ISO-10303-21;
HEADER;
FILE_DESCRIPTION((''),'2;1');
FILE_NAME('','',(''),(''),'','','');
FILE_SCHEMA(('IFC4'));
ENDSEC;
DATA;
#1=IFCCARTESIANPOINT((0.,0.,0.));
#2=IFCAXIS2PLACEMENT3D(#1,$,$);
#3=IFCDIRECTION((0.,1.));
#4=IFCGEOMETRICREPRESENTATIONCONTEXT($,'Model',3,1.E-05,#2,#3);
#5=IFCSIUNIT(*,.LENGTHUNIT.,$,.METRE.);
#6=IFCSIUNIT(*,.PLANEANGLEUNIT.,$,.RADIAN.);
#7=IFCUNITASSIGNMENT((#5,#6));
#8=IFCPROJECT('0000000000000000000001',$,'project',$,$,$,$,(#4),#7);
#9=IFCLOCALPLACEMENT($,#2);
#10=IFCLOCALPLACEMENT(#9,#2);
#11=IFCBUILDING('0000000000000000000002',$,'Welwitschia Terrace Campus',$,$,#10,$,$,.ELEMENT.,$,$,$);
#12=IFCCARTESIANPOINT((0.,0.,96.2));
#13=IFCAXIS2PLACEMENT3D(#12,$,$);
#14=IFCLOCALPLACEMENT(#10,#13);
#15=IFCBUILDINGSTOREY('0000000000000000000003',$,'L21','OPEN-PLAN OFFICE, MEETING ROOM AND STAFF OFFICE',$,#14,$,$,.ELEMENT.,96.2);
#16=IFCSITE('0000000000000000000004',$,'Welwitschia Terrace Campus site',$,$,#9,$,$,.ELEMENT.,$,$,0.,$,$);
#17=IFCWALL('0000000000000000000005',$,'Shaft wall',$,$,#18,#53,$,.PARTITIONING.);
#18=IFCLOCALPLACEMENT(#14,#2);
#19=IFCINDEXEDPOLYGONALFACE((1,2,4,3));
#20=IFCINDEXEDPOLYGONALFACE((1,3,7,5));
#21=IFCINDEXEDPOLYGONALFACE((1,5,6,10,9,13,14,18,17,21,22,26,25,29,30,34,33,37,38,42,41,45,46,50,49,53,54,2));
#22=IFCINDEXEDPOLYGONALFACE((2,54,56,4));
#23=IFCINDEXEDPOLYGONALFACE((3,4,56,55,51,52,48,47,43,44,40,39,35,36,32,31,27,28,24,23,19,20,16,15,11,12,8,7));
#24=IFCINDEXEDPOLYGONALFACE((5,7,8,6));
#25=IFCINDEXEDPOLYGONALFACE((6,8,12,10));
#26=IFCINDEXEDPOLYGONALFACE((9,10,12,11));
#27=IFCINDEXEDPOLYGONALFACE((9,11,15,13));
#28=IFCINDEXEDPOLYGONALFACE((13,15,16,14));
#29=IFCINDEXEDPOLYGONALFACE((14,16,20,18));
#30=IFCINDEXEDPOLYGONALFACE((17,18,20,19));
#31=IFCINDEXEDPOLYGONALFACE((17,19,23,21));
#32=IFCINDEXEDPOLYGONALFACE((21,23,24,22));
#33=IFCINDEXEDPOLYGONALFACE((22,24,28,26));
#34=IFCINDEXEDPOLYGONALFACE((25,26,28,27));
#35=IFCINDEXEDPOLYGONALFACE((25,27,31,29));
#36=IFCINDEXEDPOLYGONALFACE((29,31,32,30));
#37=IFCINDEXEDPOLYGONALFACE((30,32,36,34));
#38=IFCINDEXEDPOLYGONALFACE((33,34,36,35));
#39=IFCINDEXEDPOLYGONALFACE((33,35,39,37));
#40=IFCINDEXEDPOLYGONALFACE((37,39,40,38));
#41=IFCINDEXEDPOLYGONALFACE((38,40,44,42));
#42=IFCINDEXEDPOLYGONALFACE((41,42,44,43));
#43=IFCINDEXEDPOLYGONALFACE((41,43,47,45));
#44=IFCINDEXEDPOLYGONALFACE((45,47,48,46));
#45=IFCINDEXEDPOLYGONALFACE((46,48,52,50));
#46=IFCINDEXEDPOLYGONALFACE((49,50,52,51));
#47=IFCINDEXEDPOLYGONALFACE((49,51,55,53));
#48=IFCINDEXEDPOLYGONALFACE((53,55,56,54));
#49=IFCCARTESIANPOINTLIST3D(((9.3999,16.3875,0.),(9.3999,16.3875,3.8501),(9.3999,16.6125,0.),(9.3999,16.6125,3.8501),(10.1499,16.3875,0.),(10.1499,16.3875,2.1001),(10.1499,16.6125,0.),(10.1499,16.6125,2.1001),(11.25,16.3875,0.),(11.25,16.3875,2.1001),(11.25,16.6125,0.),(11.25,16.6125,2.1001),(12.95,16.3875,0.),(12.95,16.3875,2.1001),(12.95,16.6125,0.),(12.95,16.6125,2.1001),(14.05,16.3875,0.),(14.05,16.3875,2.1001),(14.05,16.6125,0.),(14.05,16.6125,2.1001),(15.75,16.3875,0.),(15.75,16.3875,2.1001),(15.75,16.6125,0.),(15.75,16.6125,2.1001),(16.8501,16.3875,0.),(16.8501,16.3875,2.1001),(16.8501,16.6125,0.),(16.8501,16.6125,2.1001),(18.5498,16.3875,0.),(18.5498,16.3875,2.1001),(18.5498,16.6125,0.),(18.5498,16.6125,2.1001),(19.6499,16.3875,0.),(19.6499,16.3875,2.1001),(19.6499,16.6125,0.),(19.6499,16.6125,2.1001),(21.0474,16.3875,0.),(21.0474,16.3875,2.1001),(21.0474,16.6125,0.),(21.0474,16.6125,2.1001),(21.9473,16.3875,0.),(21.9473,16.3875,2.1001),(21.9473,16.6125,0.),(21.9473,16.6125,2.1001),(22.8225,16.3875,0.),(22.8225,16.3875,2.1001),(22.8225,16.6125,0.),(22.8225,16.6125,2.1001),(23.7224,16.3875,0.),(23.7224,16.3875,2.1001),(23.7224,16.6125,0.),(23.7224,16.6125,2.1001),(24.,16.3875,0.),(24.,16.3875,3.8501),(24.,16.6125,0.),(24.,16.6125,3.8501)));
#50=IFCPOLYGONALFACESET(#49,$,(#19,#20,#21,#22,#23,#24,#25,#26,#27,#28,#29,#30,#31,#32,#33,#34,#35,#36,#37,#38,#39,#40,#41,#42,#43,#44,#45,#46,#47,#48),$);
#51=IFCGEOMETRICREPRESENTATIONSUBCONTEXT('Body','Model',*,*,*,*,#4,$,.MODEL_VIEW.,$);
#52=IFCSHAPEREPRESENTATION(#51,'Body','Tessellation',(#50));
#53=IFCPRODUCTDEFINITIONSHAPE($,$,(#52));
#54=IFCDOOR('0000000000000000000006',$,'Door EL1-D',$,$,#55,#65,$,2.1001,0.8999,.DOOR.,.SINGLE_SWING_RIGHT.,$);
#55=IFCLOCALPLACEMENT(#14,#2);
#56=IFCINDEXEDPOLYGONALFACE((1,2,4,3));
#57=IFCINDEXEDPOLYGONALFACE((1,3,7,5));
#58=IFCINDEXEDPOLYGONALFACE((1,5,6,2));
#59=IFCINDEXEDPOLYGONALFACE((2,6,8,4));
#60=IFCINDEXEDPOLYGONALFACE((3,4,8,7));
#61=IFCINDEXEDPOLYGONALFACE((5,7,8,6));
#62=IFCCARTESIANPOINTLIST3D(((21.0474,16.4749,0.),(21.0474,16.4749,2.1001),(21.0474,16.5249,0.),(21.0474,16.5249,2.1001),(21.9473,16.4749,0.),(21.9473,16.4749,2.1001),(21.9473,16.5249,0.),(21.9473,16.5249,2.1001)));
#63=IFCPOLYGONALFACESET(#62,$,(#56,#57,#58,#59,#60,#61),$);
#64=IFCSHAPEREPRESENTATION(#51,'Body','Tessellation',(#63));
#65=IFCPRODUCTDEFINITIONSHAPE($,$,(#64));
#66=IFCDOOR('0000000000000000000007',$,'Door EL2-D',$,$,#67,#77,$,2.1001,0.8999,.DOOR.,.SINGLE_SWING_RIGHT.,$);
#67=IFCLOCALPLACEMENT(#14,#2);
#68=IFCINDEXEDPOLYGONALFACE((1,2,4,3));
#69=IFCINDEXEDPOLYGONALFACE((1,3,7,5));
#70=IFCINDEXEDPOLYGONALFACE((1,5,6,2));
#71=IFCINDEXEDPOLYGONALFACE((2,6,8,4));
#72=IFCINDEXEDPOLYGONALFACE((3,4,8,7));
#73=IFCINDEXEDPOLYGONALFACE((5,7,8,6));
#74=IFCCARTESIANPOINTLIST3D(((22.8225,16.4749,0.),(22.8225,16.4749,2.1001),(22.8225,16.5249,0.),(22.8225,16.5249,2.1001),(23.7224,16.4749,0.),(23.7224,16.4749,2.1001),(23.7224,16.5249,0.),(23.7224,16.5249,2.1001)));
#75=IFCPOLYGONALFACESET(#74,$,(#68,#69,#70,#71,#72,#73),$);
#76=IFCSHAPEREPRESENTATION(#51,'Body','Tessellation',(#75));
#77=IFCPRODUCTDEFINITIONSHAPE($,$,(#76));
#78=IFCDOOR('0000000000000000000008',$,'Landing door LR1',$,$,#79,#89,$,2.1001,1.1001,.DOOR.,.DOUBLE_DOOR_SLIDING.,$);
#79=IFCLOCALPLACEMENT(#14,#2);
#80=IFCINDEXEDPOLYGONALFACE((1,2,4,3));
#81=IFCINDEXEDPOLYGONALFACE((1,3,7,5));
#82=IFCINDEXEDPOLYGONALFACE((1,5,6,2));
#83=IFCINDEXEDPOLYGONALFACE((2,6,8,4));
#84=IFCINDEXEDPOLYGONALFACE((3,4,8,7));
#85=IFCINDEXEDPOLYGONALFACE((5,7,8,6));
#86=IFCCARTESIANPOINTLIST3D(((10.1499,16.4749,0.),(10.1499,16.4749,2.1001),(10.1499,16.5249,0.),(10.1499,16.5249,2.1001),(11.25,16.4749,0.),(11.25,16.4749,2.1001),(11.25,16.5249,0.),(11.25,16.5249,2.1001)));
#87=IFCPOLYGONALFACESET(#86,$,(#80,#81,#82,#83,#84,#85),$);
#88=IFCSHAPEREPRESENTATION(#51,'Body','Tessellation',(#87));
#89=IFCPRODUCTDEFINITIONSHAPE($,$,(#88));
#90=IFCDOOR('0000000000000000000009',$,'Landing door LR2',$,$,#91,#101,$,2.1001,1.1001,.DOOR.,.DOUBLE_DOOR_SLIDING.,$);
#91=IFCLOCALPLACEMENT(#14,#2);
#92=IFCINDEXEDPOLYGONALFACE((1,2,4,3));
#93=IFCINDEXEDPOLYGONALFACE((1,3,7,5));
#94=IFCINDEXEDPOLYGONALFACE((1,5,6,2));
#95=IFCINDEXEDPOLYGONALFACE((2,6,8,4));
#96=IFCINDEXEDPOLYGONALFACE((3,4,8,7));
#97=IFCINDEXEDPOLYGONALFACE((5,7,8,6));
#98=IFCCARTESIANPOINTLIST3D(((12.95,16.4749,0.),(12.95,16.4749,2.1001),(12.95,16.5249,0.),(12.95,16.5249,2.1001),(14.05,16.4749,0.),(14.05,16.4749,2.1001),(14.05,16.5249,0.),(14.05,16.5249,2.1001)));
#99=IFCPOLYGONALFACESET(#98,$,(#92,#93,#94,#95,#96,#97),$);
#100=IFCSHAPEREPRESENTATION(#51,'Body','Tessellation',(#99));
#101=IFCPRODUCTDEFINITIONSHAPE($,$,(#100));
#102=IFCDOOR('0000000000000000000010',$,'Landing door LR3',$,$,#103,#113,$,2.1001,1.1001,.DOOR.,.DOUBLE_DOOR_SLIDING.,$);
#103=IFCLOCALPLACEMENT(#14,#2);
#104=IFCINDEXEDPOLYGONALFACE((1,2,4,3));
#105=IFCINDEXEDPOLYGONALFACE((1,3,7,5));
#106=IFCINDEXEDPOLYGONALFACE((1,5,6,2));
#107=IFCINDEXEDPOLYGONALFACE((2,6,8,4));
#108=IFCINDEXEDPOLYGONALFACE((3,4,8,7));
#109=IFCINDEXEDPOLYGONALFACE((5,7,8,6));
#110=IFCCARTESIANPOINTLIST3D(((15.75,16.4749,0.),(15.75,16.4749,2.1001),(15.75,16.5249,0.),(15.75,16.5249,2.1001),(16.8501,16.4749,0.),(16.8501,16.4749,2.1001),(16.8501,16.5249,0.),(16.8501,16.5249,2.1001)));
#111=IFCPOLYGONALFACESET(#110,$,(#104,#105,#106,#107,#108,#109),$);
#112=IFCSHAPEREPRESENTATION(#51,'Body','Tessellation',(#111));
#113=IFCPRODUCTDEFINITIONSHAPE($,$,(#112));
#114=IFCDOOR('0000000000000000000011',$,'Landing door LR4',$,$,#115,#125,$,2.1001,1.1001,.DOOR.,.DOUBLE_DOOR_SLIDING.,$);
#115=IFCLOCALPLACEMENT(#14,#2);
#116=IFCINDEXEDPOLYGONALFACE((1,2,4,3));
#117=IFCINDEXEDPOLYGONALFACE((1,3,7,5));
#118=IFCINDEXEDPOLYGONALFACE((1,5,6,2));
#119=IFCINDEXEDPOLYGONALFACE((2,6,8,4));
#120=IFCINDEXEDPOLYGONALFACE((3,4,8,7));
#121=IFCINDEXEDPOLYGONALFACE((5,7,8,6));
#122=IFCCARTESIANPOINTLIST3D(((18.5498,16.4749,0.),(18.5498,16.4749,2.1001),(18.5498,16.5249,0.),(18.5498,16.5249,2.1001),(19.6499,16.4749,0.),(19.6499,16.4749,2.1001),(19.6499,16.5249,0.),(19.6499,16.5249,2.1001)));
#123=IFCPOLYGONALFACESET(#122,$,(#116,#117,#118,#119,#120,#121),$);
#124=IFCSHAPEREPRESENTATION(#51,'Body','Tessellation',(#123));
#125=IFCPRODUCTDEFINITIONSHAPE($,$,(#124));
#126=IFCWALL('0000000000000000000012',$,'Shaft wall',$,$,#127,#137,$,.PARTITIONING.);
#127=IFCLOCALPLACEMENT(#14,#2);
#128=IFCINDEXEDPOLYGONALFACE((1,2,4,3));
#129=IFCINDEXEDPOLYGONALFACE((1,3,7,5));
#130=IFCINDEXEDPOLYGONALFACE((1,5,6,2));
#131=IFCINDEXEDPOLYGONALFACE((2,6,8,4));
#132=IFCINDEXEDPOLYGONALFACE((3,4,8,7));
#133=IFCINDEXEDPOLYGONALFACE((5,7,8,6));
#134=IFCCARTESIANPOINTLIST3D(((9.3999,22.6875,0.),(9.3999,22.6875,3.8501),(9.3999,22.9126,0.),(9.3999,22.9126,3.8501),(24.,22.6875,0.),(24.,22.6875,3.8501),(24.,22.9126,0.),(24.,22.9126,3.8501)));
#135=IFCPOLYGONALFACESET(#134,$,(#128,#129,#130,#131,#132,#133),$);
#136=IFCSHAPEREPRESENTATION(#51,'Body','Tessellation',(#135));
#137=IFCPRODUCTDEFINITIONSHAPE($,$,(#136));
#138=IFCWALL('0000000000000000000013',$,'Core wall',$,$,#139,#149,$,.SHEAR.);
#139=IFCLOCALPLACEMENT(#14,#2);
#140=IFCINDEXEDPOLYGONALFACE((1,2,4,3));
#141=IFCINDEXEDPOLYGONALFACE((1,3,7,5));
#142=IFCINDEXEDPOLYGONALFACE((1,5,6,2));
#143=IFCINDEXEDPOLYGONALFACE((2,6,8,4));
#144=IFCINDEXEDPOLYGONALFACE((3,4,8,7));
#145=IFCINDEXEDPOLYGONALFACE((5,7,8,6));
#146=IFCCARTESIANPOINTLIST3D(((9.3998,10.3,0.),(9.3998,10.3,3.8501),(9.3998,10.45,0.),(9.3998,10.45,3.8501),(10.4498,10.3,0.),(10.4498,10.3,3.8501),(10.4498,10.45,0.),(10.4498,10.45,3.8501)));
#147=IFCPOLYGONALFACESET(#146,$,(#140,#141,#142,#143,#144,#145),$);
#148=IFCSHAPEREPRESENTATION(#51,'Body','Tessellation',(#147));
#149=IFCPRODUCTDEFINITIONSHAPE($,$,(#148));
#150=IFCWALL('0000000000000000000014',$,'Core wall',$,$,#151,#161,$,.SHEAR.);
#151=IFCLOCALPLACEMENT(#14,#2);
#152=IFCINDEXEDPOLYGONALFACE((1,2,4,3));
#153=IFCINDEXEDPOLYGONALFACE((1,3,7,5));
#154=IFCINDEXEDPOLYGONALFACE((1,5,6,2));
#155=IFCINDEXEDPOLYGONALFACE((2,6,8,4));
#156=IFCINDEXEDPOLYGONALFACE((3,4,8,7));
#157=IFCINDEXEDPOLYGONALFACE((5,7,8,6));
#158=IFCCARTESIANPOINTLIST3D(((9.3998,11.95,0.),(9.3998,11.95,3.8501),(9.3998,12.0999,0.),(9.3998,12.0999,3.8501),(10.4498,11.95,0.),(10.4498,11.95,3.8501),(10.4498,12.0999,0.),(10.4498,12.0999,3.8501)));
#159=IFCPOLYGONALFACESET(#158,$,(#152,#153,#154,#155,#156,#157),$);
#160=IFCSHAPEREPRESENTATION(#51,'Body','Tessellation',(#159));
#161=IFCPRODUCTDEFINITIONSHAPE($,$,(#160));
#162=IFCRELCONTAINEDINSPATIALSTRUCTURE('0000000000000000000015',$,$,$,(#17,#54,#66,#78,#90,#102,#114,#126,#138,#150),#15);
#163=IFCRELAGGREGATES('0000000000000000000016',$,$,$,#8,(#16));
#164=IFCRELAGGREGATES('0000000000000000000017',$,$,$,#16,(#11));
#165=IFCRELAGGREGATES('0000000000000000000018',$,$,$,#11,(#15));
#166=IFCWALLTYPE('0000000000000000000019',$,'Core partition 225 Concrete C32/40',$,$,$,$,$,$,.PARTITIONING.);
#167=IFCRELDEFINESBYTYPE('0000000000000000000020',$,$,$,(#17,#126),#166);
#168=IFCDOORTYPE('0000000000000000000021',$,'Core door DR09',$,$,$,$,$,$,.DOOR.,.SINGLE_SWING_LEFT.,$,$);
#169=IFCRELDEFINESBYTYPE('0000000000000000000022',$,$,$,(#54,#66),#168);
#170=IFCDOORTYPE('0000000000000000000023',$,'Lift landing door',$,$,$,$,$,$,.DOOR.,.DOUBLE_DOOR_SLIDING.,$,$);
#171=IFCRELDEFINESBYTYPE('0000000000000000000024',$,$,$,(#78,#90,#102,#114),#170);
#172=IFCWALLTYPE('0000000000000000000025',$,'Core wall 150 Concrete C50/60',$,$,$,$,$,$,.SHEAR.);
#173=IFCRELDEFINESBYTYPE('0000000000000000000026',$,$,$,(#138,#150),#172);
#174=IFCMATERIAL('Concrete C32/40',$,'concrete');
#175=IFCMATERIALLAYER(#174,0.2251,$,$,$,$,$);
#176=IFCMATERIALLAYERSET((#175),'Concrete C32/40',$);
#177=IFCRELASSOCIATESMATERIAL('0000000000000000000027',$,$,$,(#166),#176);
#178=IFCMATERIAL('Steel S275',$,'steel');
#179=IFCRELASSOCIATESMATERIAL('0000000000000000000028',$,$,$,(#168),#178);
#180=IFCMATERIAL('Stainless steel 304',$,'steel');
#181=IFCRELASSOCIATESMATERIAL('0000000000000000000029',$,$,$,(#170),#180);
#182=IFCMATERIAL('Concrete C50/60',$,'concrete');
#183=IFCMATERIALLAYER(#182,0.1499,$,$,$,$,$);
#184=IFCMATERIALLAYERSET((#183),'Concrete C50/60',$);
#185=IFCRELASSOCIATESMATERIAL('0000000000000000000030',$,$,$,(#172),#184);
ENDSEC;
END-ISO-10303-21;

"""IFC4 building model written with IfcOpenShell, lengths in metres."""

from ifc_helpers import new_model, si_unit, direction, frame, frame_2d, origin, place, context, subcontext, project, spatial, rectangle, extrude, material, layer, layer_set, type_object, element, fill, save


model = new_model("IFC4")

# Units and contexts
model_context = context("Model", 3, precision=1e-05, world=origin(), true_north=direction((0.0, 1.0)))
body_context = subcontext(model_context, "Body", "Model", "MODEL_VIEW")
ifc_project = project(units=[si_unit("LENGTHUNIT", "METRE"), si_unit("PLANEANGLEUNIT", "RADIAN")], contexts=[model_context])

# Site, building, storey
site_placement = place(None, origin())
site = spatial("IfcSite", under=ifc_project, at=site_placement, Name="Welwitschia Terrace Campus site", CompositionType="ELEMENT", RefElevation=0.0)
building_placement = place(site_placement, origin())
building = spatial("IfcBuilding", under=site, at=building_placement, Name="Welwitschia Terrace Campus", CompositionType="ELEMENT")
storey_placement = place(building_placement, frame((0.0, 0.0, 96.2)))
storey = spatial("IfcBuildingStorey", under=building, at=storey_placement, Name="L21", Description="OPEN-PLAN OFFICE, MEETING ROOM AND STAFF OFFICE", CompositionType="ELEMENT", Elevation=96.2)

# Shared definitions
ifc_material_1 = material(Name="Concrete C32/40", Category="concrete")
ifc_layer_1 = layer(ifc_material_1, 0.2251)
ifc_layer_set_1 = layer_set([ifc_layer_1], Name="Concrete C32/40")
wall_type_1 = type_object("IfcWallType", Name="Core partition 225 Concrete C32/40", PredefinedType="PARTITIONING", material=ifc_layer_set_1)

# Wall, openings, doors
wall_1_placement = place(storey_placement, frame((9.3999, 16.5, 0.0), z_axis=(0.0, 0.0, 1.0), x_axis=(1.0, 0.0, 0.0)))
wall_1 = element("IfcWall", 1, at=wall_1_placement, inside=storey, type_object=wall_type_1, Name="Shaft wall", PredefinedType="PARTITIONING", context=body_context, shape_type="SweptSolid", body=[
    extrude(rectangle(XDim=14.6001, YDim=0.2251, at=frame_2d((7.3, 0.0))), origin(), (0.0, 0.0, 1.0), 3.8501),
])
opening_1_placement = place(wall_1_placement, frame((0.75, 0.0, 0.0)))
opening_1 = element("IfcOpeningElement", 2, at=opening_1_placement, cuts=wall_1, PredefinedType="OPENING", context=body_context, shape_type="SweptSolid", body=[
    extrude(rectangle(XDim=1.1001, YDim=2.1001, at=frame_2d((0.55, 1.05))), frame((0.0, 0.1226, 0.0), z_axis=(0.0, -1.0, 0.0), x_axis=(1.0, 0.0, 0.0)), (0.0, 0.0, 1.0), 0.2451),
])
opening_2_placement = place(wall_1_placement, frame((3.55, 0.0, 0.0)))
opening_2 = element("IfcOpeningElement", 3, at=opening_2_placement, cuts=wall_1, PredefinedType="OPENING", context=body_context, shape_type="SweptSolid", body=[
    extrude(rectangle(XDim=1.1001, YDim=2.1001, at=frame_2d((0.55, 1.05))), frame((0.0, 0.1226, 0.0), z_axis=(0.0, -1.0, 0.0), x_axis=(1.0, 0.0, 0.0)), (0.0, 0.0, 1.0), 0.2451),
])
opening_3_placement = place(wall_1_placement, frame((6.3501, 0.0, 0.0)))
opening_3 = element("IfcOpeningElement", 4, at=opening_3_placement, cuts=wall_1, PredefinedType="OPENING", context=body_context, shape_type="SweptSolid", body=[
    extrude(rectangle(XDim=1.1001, YDim=2.1001, at=frame_2d((0.55, 1.05))), frame((0.0, 0.1226, 0.0), z_axis=(0.0, -1.0, 0.0), x_axis=(1.0, 0.0, 0.0)), (0.0, 0.0, 1.0), 0.2451),
])
opening_4_placement = place(wall_1_placement, frame((9.1499, 0.0, 0.0)))
opening_4 = element("IfcOpeningElement", 5, at=opening_4_placement, cuts=wall_1, PredefinedType="OPENING", context=body_context, shape_type="SweptSolid", body=[
    extrude(rectangle(XDim=1.1001, YDim=2.1001, at=frame_2d((0.55, 1.05))), frame((0.0, 0.1226, 0.0), z_axis=(0.0, -1.0, 0.0), x_axis=(1.0, 0.0, 0.0)), (0.0, 0.0, 1.0), 0.2451),
])
opening_5_placement = place(wall_1_placement, frame((11.6475, 0.0, 0.0)))
opening_5 = element("IfcOpeningElement", 6, at=opening_5_placement, cuts=wall_1, PredefinedType="OPENING", context=body_context, shape_type="SweptSolid", body=[
    extrude(rectangle(XDim=0.8999, YDim=2.1001, at=frame_2d((0.45, 1.05))), frame((0.0, 0.1226, 0.0), z_axis=(0.0, -1.0, 0.0), x_axis=(1.0, 0.0, 0.0)), (0.0, 0.0, 1.0), 0.2451),
])
opening_6_placement = place(wall_1_placement, frame((13.4226, 0.0, 0.0)))
opening_6 = element("IfcOpeningElement", 7, at=opening_6_placement, cuts=wall_1, PredefinedType="OPENING", context=body_context, shape_type="SweptSolid", body=[
    extrude(rectangle(XDim=0.8999, YDim=2.1001, at=frame_2d((0.45, 1.05))), frame((0.0, 0.1226, 0.0), z_axis=(0.0, -1.0, 0.0), x_axis=(1.0, 0.0, 0.0)), (0.0, 0.0, 1.0), 0.2451),
])
ifc_material_2 = material(Name="Steel S275", Category="steel")
door_type_1 = type_object("IfcDoorType", Name="Core door DR09", OperationType="SINGLE_SWING_LEFT", PredefinedType="DOOR", material=ifc_material_2)
door_1_placement = place(opening_5_placement, origin())
door_1 = element("IfcDoor", 8, at=door_1_placement, inside=storey, type_object=door_type_1, Name="Door EL1-D", OperationType="SINGLE_SWING_RIGHT", OverallHeight=2.1001, OverallWidth=0.8999, PredefinedType="DOOR", context=body_context, shape_type="SweptSolid", body=[
    extrude(rectangle(XDim=0.8999, YDim=2.1001, at=frame_2d((0.45, 1.05))), frame((0.0, 0.0249, 0.0), z_axis=(0.0, -1.0, 0.0), x_axis=(1.0, 0.0, 0.0)), (0.0, 0.0, 1.0), 0.05),
])
fill(opening_5, door_1)
door_2_placement = place(opening_6_placement, origin())
door_2 = element("IfcDoor", 9, at=door_2_placement, inside=storey, type_object=door_type_1, Name="Door EL2-D", OperationType="SINGLE_SWING_RIGHT", OverallHeight=2.1001, OverallWidth=0.8999, PredefinedType="DOOR", context=body_context, shape_type="SweptSolid", body=[
    extrude(rectangle(XDim=0.8999, YDim=2.1001, at=frame_2d((0.45, 1.05))), frame((0.0, 0.0249, 0.0), z_axis=(0.0, -1.0, 0.0), x_axis=(1.0, 0.0, 0.0)), (0.0, 0.0, 1.0), 0.05),
])
fill(opening_6, door_2)
ifc_material_3 = material(Name="Stainless steel 304", Category="steel")
door_type_2 = type_object("IfcDoorType", Name="Lift landing door", OperationType="DOUBLE_DOOR_SLIDING", PredefinedType="DOOR", material=ifc_material_3)
door_3_placement = place(opening_1_placement, origin())
door_3 = element("IfcDoor", 10, at=door_3_placement, inside=storey, type_object=door_type_2, Name="Landing door LR1", OperationType="DOUBLE_DOOR_SLIDING", OverallHeight=2.1001, OverallWidth=1.1001, PredefinedType="DOOR", context=body_context, shape_type="SweptSolid", body=[
    extrude(rectangle(XDim=1.1001, YDim=2.1001, at=frame_2d((0.55, 1.05))), frame((0.0, 0.0249, 0.0), z_axis=(0.0, -1.0, 0.0), x_axis=(1.0, 0.0, 0.0)), (0.0, 0.0, 1.0), 0.05),
])
fill(opening_1, door_3)
door_4_placement = place(opening_2_placement, origin())
door_4 = element("IfcDoor", 11, at=door_4_placement, inside=storey, type_object=door_type_2, Name="Landing door LR2", OperationType="DOUBLE_DOOR_SLIDING", OverallHeight=2.1001, OverallWidth=1.1001, PredefinedType="DOOR", context=body_context, shape_type="SweptSolid", body=[
    extrude(rectangle(XDim=1.1001, YDim=2.1001, at=frame_2d((0.55, 1.05))), frame((0.0, 0.0249, 0.0), z_axis=(0.0, -1.0, 0.0), x_axis=(1.0, 0.0, 0.0)), (0.0, 0.0, 1.0), 0.05),
])
fill(opening_2, door_4)
door_5_placement = place(opening_3_placement, origin())
door_5 = element("IfcDoor", 12, at=door_5_placement, inside=storey, type_object=door_type_2, Name="Landing door LR3", OperationType="DOUBLE_DOOR_SLIDING", OverallHeight=2.1001, OverallWidth=1.1001, PredefinedType="DOOR", context=body_context, shape_type="SweptSolid", body=[
    extrude(rectangle(XDim=1.1001, YDim=2.1001, at=frame_2d((0.55, 1.05))), frame((0.0, 0.0249, 0.0), z_axis=(0.0, -1.0, 0.0), x_axis=(1.0, 0.0, 0.0)), (0.0, 0.0, 1.0), 0.05),
])
fill(opening_3, door_5)
door_6_placement = place(opening_4_placement, origin())
door_6 = element("IfcDoor", 13, at=door_6_placement, inside=storey, type_object=door_type_2, Name="Landing door LR4", OperationType="DOUBLE_DOOR_SLIDING", OverallHeight=2.1001, OverallWidth=1.1001, PredefinedType="DOOR", context=body_context, shape_type="SweptSolid", body=[
    extrude(rectangle(XDim=1.1001, YDim=2.1001, at=frame_2d((0.55, 1.05))), frame((0.0, 0.0249, 0.0), z_axis=(0.0, -1.0, 0.0), x_axis=(1.0, 0.0, 0.0)), (0.0, 0.0, 1.0), 0.05),
])
fill(opening_4, door_6)

# Walls
wall_2_placement = place(storey_placement, frame((9.3999, 22.8, 0.0), z_axis=(0.0, 0.0, 1.0), x_axis=(1.0, 0.0, 0.0)))
element("IfcWall", 14, at=wall_2_placement, inside=storey, type_object=wall_type_1, Name="Shaft wall", PredefinedType="PARTITIONING", context=body_context, shape_type="SweptSolid", body=[
    extrude(rectangle(XDim=14.6001, YDim=0.2251, at=frame_2d((7.3, 0.0))), origin(), (0.0, 0.0, 1.0), 3.8501),
])
ifc_material_4 = material(Name="Concrete C50/60", Category="concrete")
ifc_layer_2 = layer(ifc_material_4, 0.1499)
ifc_layer_set_2 = layer_set([ifc_layer_2], Name="Concrete C50/60")
wall_type_2 = type_object("IfcWallType", Name="Core wall 150 Concrete C50/60", PredefinedType="SHEAR", material=ifc_layer_set_2)
for number, where, z_axis, x_axis, name in (
    (15, (9.3999, 10.375, 0.0), (0.0, 0.0, 1.0), (1.0, 0.0, 0.0), "Core wall"),
    (16, (9.3999, 12.0249, 0.0), (0.0, 0.0, 1.0), (1.0, 0.0, 0.0), "Core wall"),
):
    element("IfcWall", number, at=place(storey_placement, frame(where, z_axis=z_axis, x_axis=x_axis)), inside=storey, type_object=wall_type_2, Name=name, PredefinedType="SHEAR", context=body_context, shape_type="SweptSolid", body=[
        extrude(rectangle(XDim=1.05, YDim=0.1499, at=frame_2d((0.5249, 0.0))), origin(), (0.0, 0.0, 1.0), 3.8501),
    ])

save(model, "model.ifc")
